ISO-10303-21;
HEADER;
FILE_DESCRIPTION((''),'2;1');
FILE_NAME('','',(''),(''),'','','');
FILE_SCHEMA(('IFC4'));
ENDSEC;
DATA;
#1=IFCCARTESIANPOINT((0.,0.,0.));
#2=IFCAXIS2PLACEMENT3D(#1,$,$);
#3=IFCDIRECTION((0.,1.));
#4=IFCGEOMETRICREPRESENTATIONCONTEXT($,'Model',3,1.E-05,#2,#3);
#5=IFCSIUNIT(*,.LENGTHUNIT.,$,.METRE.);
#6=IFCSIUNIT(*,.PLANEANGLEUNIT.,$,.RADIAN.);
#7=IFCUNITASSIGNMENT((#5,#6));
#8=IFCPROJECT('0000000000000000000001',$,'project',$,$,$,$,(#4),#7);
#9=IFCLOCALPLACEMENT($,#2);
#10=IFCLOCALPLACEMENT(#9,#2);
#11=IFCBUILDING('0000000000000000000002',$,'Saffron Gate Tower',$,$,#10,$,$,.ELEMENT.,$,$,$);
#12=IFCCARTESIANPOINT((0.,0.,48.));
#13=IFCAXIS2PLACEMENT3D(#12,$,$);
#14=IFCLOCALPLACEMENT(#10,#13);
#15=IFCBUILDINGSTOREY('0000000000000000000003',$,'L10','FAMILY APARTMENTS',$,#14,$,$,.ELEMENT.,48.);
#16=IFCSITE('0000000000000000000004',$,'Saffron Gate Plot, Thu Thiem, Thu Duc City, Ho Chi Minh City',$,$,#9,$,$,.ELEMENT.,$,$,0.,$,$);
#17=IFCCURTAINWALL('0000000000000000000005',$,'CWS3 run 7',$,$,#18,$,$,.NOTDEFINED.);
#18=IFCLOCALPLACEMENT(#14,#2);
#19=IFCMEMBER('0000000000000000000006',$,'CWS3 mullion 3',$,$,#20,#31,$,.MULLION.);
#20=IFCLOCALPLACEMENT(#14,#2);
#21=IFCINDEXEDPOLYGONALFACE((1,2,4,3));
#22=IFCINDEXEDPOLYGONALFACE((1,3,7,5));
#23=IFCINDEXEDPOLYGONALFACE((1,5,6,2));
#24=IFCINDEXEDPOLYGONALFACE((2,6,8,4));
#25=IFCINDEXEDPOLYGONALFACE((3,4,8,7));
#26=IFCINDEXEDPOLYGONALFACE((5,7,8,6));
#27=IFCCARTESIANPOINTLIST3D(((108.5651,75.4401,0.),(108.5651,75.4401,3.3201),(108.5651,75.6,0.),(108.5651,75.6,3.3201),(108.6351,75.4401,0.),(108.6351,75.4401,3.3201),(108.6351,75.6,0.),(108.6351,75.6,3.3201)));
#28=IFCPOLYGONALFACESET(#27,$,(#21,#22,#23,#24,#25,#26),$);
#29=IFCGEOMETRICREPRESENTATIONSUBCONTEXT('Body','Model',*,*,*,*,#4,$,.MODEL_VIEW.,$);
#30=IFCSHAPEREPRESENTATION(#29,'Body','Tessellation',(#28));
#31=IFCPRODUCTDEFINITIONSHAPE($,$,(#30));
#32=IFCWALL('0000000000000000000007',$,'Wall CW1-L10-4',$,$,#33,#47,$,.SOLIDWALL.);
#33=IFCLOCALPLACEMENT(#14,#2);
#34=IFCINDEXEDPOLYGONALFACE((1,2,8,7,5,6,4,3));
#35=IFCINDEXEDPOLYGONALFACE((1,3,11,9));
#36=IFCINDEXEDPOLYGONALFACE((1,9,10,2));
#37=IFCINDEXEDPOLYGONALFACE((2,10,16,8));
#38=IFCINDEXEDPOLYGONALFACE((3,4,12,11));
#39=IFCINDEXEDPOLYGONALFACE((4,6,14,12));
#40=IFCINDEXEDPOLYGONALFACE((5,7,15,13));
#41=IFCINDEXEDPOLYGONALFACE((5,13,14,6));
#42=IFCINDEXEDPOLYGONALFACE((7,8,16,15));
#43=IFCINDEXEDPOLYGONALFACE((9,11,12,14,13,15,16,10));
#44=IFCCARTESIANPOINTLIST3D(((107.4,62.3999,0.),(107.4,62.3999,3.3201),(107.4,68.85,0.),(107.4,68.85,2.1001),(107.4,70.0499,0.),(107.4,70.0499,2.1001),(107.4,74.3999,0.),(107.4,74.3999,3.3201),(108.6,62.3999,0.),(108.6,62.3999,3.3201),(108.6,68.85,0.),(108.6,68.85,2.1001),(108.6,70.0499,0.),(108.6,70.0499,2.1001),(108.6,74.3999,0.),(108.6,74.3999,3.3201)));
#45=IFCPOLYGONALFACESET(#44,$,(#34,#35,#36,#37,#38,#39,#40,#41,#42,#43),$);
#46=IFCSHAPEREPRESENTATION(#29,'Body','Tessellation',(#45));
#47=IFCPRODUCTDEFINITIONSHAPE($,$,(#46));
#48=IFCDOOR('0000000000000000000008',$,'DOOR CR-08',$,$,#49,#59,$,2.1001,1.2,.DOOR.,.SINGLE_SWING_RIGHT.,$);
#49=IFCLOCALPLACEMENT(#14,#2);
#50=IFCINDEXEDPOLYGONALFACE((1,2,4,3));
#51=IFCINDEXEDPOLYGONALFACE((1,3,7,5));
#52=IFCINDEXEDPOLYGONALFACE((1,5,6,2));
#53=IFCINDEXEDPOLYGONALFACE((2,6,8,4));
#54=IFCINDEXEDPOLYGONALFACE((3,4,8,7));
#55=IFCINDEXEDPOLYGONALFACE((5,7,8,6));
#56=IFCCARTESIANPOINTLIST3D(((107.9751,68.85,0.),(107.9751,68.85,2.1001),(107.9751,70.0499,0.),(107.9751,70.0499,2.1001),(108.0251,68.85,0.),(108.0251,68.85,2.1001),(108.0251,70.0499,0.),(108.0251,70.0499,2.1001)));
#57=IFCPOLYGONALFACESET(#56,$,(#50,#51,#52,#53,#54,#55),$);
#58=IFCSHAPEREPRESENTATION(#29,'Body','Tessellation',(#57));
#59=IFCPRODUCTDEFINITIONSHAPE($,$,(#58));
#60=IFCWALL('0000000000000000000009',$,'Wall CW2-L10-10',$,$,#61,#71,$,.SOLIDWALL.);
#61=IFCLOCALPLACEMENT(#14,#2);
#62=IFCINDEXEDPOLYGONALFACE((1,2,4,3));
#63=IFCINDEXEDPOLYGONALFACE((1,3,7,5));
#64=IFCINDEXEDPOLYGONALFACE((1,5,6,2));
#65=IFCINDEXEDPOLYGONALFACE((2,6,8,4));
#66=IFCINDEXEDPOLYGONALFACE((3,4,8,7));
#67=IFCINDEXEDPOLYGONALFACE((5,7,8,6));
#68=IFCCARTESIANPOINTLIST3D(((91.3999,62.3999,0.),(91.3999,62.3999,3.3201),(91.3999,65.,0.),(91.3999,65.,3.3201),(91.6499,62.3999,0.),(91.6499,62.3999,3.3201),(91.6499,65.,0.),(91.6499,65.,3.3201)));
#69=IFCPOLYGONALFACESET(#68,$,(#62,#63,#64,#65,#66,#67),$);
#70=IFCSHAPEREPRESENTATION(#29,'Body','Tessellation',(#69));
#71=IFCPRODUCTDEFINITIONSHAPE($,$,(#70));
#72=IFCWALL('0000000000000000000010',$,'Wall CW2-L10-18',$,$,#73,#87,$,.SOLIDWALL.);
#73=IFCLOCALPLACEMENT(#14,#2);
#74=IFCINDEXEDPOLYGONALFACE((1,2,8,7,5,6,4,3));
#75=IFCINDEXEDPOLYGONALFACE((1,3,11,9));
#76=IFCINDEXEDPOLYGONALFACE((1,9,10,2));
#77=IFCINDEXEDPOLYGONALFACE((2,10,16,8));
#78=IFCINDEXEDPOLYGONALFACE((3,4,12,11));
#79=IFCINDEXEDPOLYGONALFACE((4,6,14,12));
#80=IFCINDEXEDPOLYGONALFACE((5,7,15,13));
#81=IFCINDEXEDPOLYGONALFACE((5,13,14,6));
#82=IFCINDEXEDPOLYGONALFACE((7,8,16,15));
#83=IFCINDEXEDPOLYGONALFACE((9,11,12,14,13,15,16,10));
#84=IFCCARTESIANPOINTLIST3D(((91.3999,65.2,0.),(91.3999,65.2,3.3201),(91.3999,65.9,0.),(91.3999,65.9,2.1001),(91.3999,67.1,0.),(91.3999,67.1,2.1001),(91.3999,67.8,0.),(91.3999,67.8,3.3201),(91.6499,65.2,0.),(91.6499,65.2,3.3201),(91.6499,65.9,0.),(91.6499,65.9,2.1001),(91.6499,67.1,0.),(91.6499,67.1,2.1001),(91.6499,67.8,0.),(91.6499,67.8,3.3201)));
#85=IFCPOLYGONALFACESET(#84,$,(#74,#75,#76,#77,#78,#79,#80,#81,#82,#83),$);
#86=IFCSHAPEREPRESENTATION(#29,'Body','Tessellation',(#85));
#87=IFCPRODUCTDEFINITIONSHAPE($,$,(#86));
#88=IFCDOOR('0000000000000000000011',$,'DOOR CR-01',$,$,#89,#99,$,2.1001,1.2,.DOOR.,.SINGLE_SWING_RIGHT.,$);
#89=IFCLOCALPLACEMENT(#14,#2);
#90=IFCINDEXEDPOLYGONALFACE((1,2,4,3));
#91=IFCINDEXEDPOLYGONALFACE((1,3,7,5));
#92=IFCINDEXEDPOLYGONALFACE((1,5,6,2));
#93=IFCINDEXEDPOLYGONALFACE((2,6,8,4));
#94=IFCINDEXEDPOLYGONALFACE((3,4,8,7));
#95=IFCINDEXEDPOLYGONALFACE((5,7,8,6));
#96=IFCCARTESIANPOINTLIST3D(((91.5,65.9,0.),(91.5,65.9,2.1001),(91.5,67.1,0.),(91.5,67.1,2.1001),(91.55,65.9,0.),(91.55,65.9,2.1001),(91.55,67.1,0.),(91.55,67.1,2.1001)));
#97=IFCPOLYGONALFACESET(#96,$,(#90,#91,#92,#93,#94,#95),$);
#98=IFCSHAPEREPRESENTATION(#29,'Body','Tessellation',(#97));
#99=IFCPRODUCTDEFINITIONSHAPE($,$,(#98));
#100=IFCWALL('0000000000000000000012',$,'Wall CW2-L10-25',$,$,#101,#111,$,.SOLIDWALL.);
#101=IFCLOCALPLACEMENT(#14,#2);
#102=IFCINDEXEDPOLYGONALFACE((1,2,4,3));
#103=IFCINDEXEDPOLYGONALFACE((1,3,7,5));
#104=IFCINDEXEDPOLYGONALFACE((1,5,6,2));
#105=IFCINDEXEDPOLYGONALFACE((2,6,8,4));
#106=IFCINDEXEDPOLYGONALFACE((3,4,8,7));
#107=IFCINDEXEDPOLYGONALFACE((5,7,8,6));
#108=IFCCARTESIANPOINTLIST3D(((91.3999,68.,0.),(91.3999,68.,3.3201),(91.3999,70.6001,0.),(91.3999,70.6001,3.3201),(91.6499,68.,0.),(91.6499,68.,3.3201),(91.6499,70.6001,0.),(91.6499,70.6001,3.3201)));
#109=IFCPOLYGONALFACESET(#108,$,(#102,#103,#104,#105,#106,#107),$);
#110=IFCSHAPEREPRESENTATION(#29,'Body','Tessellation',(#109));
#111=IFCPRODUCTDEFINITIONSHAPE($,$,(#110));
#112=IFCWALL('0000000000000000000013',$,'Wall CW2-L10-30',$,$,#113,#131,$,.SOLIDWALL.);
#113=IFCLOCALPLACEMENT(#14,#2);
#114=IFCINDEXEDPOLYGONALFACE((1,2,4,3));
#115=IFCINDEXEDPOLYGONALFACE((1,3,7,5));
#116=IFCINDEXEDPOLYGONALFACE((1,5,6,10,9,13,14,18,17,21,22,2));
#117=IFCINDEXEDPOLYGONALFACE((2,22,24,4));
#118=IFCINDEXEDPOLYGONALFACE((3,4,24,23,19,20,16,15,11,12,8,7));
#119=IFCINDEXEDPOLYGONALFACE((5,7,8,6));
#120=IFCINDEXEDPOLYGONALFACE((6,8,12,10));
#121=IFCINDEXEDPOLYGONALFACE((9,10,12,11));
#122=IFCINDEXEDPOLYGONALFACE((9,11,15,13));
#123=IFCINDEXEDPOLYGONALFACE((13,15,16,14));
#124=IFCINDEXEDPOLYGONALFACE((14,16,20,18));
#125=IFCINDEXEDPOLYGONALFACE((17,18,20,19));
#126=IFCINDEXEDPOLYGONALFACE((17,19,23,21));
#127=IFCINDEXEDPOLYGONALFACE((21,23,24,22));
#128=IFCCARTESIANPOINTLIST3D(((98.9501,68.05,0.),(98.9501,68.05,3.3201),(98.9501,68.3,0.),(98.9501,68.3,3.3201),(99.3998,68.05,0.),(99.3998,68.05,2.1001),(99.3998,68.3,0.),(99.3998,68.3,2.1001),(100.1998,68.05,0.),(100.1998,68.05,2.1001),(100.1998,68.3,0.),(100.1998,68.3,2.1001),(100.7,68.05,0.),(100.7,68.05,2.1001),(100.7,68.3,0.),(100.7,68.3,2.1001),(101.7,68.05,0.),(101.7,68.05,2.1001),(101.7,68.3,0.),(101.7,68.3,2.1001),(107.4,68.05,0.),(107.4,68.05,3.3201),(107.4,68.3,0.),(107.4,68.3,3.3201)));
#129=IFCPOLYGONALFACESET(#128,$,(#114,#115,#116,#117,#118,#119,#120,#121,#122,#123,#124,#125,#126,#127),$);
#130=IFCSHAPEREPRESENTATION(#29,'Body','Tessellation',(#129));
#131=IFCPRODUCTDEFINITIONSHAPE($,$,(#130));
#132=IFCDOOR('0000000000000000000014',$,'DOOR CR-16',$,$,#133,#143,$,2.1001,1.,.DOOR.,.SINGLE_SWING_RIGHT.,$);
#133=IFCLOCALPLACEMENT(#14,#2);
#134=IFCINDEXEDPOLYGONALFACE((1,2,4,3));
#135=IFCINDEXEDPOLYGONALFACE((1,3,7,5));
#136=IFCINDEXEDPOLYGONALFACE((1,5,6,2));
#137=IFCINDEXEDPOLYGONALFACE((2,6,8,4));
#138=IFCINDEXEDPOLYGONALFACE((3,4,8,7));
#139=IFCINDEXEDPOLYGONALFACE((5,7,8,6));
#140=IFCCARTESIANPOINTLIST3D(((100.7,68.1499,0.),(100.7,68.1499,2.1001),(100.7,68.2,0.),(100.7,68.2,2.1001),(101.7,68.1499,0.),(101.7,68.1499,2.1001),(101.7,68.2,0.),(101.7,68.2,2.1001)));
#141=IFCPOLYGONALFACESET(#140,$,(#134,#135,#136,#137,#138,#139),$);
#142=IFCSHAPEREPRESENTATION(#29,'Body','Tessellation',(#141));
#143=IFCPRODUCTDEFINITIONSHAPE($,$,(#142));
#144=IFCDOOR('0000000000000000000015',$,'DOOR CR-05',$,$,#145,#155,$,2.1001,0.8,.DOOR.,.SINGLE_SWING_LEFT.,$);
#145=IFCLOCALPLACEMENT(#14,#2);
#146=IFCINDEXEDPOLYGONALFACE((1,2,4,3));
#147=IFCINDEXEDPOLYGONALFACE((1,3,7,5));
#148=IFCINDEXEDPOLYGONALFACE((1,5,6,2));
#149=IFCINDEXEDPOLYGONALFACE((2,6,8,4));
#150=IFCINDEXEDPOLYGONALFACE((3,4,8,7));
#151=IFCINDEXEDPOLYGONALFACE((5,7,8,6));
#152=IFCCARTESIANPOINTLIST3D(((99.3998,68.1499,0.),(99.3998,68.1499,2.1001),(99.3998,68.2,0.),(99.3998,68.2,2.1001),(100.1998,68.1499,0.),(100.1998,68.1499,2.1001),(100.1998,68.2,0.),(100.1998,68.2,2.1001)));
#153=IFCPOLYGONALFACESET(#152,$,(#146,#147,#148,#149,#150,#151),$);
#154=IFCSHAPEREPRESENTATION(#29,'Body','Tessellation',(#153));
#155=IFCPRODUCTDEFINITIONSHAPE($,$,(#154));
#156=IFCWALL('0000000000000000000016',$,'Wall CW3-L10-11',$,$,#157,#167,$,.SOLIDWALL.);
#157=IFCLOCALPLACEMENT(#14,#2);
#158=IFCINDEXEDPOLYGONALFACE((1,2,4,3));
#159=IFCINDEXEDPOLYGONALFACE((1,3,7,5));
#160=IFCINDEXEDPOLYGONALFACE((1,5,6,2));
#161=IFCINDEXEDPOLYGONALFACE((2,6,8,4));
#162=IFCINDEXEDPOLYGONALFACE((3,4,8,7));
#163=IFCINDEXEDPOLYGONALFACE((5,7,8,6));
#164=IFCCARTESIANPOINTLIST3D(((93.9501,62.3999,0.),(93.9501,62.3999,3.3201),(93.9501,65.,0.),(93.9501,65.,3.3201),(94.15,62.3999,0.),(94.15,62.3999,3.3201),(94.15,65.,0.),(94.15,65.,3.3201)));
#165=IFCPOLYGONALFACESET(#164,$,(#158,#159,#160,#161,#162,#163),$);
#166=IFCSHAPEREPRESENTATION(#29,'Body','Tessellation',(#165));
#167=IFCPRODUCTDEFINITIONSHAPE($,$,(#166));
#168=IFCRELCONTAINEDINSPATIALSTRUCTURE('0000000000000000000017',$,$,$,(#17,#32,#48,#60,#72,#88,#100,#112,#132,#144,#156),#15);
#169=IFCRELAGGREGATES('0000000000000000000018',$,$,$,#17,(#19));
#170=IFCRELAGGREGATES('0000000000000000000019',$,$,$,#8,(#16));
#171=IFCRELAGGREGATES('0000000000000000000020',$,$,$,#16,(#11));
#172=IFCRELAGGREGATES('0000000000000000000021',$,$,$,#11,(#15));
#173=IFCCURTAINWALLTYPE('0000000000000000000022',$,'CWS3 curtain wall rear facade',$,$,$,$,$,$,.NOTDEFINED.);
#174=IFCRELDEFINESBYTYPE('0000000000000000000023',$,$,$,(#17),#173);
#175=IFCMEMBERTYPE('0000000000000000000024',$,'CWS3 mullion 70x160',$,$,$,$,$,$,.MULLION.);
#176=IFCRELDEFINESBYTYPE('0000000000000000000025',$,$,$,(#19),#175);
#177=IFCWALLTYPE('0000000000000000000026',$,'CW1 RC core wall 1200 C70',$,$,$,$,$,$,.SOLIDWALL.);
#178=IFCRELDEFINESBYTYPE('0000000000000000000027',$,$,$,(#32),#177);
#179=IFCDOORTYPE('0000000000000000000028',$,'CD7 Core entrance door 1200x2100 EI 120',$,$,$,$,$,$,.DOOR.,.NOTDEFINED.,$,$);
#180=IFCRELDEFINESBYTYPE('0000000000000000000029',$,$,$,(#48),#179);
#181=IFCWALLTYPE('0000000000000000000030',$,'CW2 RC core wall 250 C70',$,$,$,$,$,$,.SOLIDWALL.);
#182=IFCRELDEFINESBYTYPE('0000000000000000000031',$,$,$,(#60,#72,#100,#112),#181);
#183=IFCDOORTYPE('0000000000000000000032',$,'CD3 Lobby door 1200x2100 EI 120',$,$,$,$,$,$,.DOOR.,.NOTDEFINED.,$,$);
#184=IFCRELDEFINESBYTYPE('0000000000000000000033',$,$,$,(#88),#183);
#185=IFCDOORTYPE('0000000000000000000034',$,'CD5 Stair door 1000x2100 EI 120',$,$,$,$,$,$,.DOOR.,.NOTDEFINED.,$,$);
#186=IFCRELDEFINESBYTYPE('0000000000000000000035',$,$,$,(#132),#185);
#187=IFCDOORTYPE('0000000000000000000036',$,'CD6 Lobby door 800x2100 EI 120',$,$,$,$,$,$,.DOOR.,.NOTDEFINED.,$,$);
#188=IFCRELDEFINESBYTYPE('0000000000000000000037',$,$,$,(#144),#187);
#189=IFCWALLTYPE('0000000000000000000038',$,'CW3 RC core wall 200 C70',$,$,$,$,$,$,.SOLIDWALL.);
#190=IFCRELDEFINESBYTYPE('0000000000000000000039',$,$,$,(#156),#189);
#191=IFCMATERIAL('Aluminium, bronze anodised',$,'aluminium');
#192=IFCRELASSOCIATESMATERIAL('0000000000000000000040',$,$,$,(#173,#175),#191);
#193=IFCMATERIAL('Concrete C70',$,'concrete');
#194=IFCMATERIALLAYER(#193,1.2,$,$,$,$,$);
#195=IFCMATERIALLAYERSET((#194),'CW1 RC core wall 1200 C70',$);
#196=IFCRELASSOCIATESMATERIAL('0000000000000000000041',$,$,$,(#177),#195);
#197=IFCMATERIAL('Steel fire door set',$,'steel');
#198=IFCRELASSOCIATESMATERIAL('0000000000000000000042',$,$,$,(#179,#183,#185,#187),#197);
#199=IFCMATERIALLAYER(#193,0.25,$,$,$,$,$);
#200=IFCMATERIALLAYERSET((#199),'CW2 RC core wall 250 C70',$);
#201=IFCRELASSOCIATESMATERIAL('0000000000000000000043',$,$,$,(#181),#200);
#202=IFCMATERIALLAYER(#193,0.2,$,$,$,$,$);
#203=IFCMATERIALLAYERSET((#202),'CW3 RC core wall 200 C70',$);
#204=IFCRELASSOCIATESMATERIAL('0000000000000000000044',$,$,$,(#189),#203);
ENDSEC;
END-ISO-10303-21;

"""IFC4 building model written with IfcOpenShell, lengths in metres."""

from ifc_helpers import new_model, si_unit, direction, frame, frame_2d, origin, origin_2d, place, context, subcontext, project, spatial, rectangle, extrude, material, layer, layer_set, material_profile, profile_set, type_object, element, fill, aggregate, save


model = new_model("IFC4")

# Units and contexts
model_context = context("Model", 3, precision=1e-05, world=origin(), true_north=direction((0.0, 1.0)))
body_context = subcontext(model_context, "Body", "Model", "MODEL_VIEW")
ifc_project = project(units=[si_unit("LENGTHUNIT", "METRE"), si_unit("PLANEANGLEUNIT", "RADIAN")], contexts=[model_context])

# Site, building, storey
site_placement = place(None, origin())
site = spatial("IfcSite", under=ifc_project, at=site_placement, Name="Saffron Gate Plot, Thu Thiem, Thu Duc City, Ho Chi Minh City", CompositionType="ELEMENT", RefElevation=0.0)
building_placement = place(site_placement, origin())
building = spatial("IfcBuilding", under=site, at=building_placement, Name="Saffron Gate Tower", CompositionType="ELEMENT")
storey_placement = place(building_placement, frame((0.0, 0.0, 48.0)))
storey = spatial("IfcBuildingStorey", under=building, at=storey_placement, Name="L10", Description="FAMILY APARTMENTS", CompositionType="ELEMENT", Elevation=48.0)

# Curtain wall, member
ifc_material_1 = material(Name="Aluminium, bronze anodised", Category="aluminium")
curtain_wall_type = type_object("IfcCurtainWallType", Name="CWS3 curtain wall rear facade", PredefinedType="NOTDEFINED", material=ifc_material_1)
curtain_wall_placement = place(storey_placement, origin())
curtain_wall = element("IfcCurtainWall", 1, at=curtain_wall_placement, inside=storey, type_object=curtain_wall_type, Name="CWS3 run 7", PredefinedType="NOTDEFINED")
ifc_material_profile = material_profile(ifc_material_1, rectangle(XDim=0.1599, YDim=0.0701, at=origin_2d()))
ifc_profile_set = profile_set([ifc_material_profile], Name="Aluminium, bronze anodised")
member_type = type_object("IfcMemberType", Name="CWS3 mullion 70x160", PredefinedType="MULLION", material=ifc_profile_set)
member_placement = place(storey_placement, frame((108.6001, 75.52, 0.0), z_axis=(0.0, 0.0, 1.0), x_axis=(0.0, -1.0, 0.0)))
member = element("IfcMember", 2, at=member_placement, type_object=member_type, Name="CWS3 mullion 3", PredefinedType="MULLION", context=body_context, shape_type="SweptSolid", body=[
    extrude(rectangle(XDim=0.1599, YDim=0.0701, at=origin_2d()), origin(), (0.0, 0.0, 1.0), 3.3201),
])
aggregate(curtain_wall, [member])

# Wall, opening, door
ifc_material_2 = material(Name="Concrete C70", Category="concrete")
ifc_layer_1 = layer(ifc_material_2, 1.2)
ifc_layer_set_1 = layer_set([ifc_layer_1], Name="CW1 RC core wall 1200 C70")
wall_type_1 = type_object("IfcWallType", Name="CW1 RC core wall 1200 C70", PredefinedType="SOLIDWALL", material=ifc_layer_set_1)
wall_1_placement = place(storey_placement, frame((108.0, 62.3999, 0.0), z_axis=(0.0, 0.0, 1.0), x_axis=(0.0, 1.0, 0.0)))
wall_1 = element("IfcWall", 3, at=wall_1_placement, inside=storey, type_object=wall_type_1, Name="Wall CW1-L10-4", PredefinedType="SOLIDWALL", context=body_context, shape_type="SweptSolid", body=[
    extrude(rectangle(XDim=12.0, YDim=1.2, at=frame_2d((6.0, 0.0))), origin(), (0.0, 0.0, 1.0), 3.3201),
])
opening_1_placement = place(wall_1_placement, frame((6.45, 0.0, 0.0)))
opening_1 = element("IfcOpeningElement", 4, at=opening_1_placement, cuts=wall_1, PredefinedType="OPENING", context=body_context, shape_type="SweptSolid", body=[
    extrude(rectangle(XDim=1.2, YDim=2.1001, at=frame_2d((0.6001, 1.05))), frame((0.0, 0.6099, 0.0), z_axis=(0.0, -1.0, 0.0), x_axis=(1.0, 0.0, 0.0)), (0.0, 0.0, 1.0), 1.22),
])
ifc_material_3 = material(Name="Steel fire door set", Category="steel")
door_type_1 = type_object("IfcDoorType", Name="CD7 Core entrance door 1200x2100 EI 120", OperationType="NOTDEFINED", PredefinedType="DOOR", material=ifc_material_3)
door_1_placement = place(opening_1_placement, origin())
door_1 = element("IfcDoor", 5, at=door_1_placement, inside=storey, type_object=door_type_1, Name="DOOR CR-08", OperationType="SINGLE_SWING_RIGHT", OverallHeight=2.1001, OverallWidth=1.2, PredefinedType="DOOR", context=body_context, shape_type="SweptSolid", body=[
    extrude(rectangle(XDim=1.2, YDim=2.1001, at=frame_2d((0.6001, 1.05))), frame((0.0, 0.0249, 0.0), z_axis=(0.0, -1.0, 0.0), x_axis=(1.0, 0.0, 0.0)), (0.0, 0.0, 1.0), 0.05),
])
fill(opening_1, door_1)

# Wall
ifc_layer_2 = layer(ifc_material_2, 0.25)
ifc_layer_set_2 = layer_set([ifc_layer_2], Name="CW2 RC core wall 250 C70")
wall_type_2 = type_object("IfcWallType", Name="CW2 RC core wall 250 C70", PredefinedType="SOLIDWALL", material=ifc_layer_set_2)
wall_2_placement = place(storey_placement, frame((91.5249, 62.3999, 0.0), z_axis=(0.0, 0.0, 1.0), x_axis=(0.0, 1.0, 0.0)))
element("IfcWall", 6, at=wall_2_placement, inside=storey, type_object=wall_type_2, Name="Wall CW2-L10-10", PredefinedType="SOLIDWALL", context=body_context, shape_type="SweptSolid", body=[
    extrude(rectangle(XDim=2.6001, YDim=0.25, at=frame_2d((1.3, 0.0))), origin(), (0.0, 0.0, 1.0), 3.3201),
])

# Wall, opening, door
wall_3_placement = place(storey_placement, frame((91.5249, 65.2, 0.0), z_axis=(0.0, 0.0, 1.0), x_axis=(0.0, 1.0, 0.0)))
wall_3 = element("IfcWall", 7, at=wall_3_placement, inside=storey, type_object=wall_type_2, Name="Wall CW2-L10-18", PredefinedType="SOLIDWALL", context=body_context, shape_type="SweptSolid", body=[
    extrude(rectangle(XDim=2.6001, YDim=0.25, at=frame_2d((1.3, 0.0))), origin(), (0.0, 0.0, 1.0), 3.3201),
])
opening_2_placement = place(wall_3_placement, frame((0.7, 0.0, 0.0)))
opening_2 = element("IfcOpeningElement", 8, at=opening_2_placement, cuts=wall_3, PredefinedType="OPENING", context=body_context, shape_type="SweptSolid", body=[
    extrude(rectangle(XDim=1.2, YDim=2.1001, at=frame_2d((0.6001, 1.05))), frame((0.0, 0.135, 0.0), z_axis=(0.0, -1.0, 0.0), x_axis=(1.0, 0.0, 0.0)), (0.0, 0.0, 1.0), 0.27),
])
door_type_2 = type_object("IfcDoorType", Name="CD3 Lobby door 1200x2100 EI 120", OperationType="NOTDEFINED", PredefinedType="DOOR", material=ifc_material_3)
door_2_placement = place(opening_2_placement, origin())
door_2 = element("IfcDoor", 9, at=door_2_placement, inside=storey, type_object=door_type_2, Name="DOOR CR-01", OperationType="SINGLE_SWING_RIGHT", OverallHeight=2.1001, OverallWidth=1.2, PredefinedType="DOOR", context=body_context, shape_type="SweptSolid", body=[
    extrude(rectangle(XDim=1.2, YDim=2.1001, at=frame_2d((0.6001, 1.05))), frame((0.0, 0.0249, 0.0), z_axis=(0.0, -1.0, 0.0), x_axis=(1.0, 0.0, 0.0)), (0.0, 0.0, 1.0), 0.05),
])
fill(opening_2, door_2)

# Wall
wall_4_placement = place(storey_placement, frame((91.5249, 68.0, 0.0), z_axis=(0.0, 0.0, 1.0), x_axis=(0.0, 1.0, 0.0)))
element("IfcWall", 10, at=wall_4_placement, inside=storey, type_object=wall_type_2, Name="Wall CW2-L10-25", PredefinedType="SOLIDWALL", context=body_context, shape_type="SweptSolid", body=[
    extrude(rectangle(XDim=2.6001, YDim=0.25, at=frame_2d((1.3, 0.0))), origin(), (0.0, 0.0, 1.0), 3.3201),
])

# Wall, openings, doors
wall_5_placement = place(storey_placement, frame((98.95, 68.175, 0.0), z_axis=(0.0, 0.0, 1.0), x_axis=(1.0, 0.0, 0.0)))
wall_5 = element("IfcWall", 11, at=wall_5_placement, inside=storey, type_object=wall_type_2, Name="Wall CW2-L10-30", PredefinedType="SOLIDWALL", context=body_context, shape_type="SweptSolid", body=[
    extrude(rectangle(XDim=8.45, YDim=0.25, at=frame_2d((4.2251, 0.0))), origin(), (0.0, 0.0, 1.0), 3.3201),
])
opening_3_placement = place(wall_5_placement, frame((0.45, 0.0, 0.0)))
opening_3 = element("IfcOpeningElement", 12, at=opening_3_placement, cuts=wall_5, PredefinedType="OPENING", context=body_context, shape_type="SweptSolid", body=[
    extrude(rectangle(XDim=0.8, YDim=2.1001, at=frame_2d((0.3999, 1.05))), frame((0.0, 0.135, 0.0), z_axis=(0.0, -1.0, 0.0), x_axis=(1.0, 0.0, 0.0)), (0.0, 0.0, 1.0), 0.27),
])
opening_4_placement = place(wall_5_placement, frame((1.75, 0.0, 0.0)))
opening_4 = element("IfcOpeningElement", 13, at=opening_4_placement, cuts=wall_5, PredefinedType="OPENING", context=body_context, shape_type="SweptSolid", body=[
    extrude(rectangle(XDim=1.0, YDim=2.1001, at=frame_2d((0.5, 1.05))), frame((0.0, 0.135, 0.0), z_axis=(0.0, -1.0, 0.0), x_axis=(1.0, 0.0, 0.0)), (0.0, 0.0, 1.0), 0.27),
])
door_type_3 = type_object("IfcDoorType", Name="CD5 Stair door 1000x2100 EI 120", OperationType="NOTDEFINED", PredefinedType="DOOR", material=ifc_material_3)
door_3_placement = place(opening_4_placement, origin())
door_3 = element("IfcDoor", 14, at=door_3_placement, inside=storey, type_object=door_type_3, Name="DOOR CR-16", OperationType="SINGLE_SWING_RIGHT", OverallHeight=2.1001, OverallWidth=1.0, PredefinedType="DOOR", context=body_context, shape_type="SweptSolid", body=[
    extrude(rectangle(XDim=1.0, YDim=2.1001, at=frame_2d((0.5, 1.05))), frame((0.0, 0.0249, 0.0), z_axis=(0.0, -1.0, 0.0), x_axis=(1.0, 0.0, 0.0)), (0.0, 0.0, 1.0), 0.05),
])
fill(opening_4, door_3)
door_type_4 = type_object("IfcDoorType", Name="CD6 Lobby door 800x2100 EI 120", OperationType="NOTDEFINED", PredefinedType="DOOR", material=ifc_material_3)
door_4_placement = place(opening_3_placement, origin())
door_4 = element("IfcDoor", 15, at=door_4_placement, inside=storey, type_object=door_type_4, Name="DOOR CR-05", OperationType="SINGLE_SWING_LEFT", OverallHeight=2.1001, OverallWidth=0.8, PredefinedType="DOOR", context=body_context, shape_type="SweptSolid", body=[
    extrude(rectangle(XDim=0.8, YDim=2.1001, at=frame_2d((0.3999, 1.05))), frame((0.0, 0.0249, 0.0), z_axis=(0.0, -1.0, 0.0), x_axis=(1.0, 0.0, 0.0)), (0.0, 0.0, 1.0), 0.05),
])
fill(opening_3, door_4)

# Wall
ifc_layer_3 = layer(ifc_material_2, 0.2)
ifc_layer_set_3 = layer_set([ifc_layer_3], Name="CW3 RC core wall 200 C70")
wall_type_3 = type_object("IfcWallType", Name="CW3 RC core wall 200 C70", PredefinedType="SOLIDWALL", material=ifc_layer_set_3)
for number, where, z_axis, x_axis, name in (
    (16, (94.05, 62.3999, 0.0), (0.0, 0.0, 1.0), (0.0, 1.0, 0.0), "Wall CW3-L10-11"),
):
    element("IfcWall", number, at=place(storey_placement, frame(where, z_axis=z_axis, x_axis=x_axis)), inside=storey, type_object=wall_type_3, Name=name, PredefinedType="SOLIDWALL", context=body_context, shape_type="SweptSolid", body=[
        extrude(rectangle(XDim=2.6001, YDim=0.2, at=frame_2d((1.3, 0.0))), origin(), (0.0, 0.0, 1.0), 3.3201),
    ])

save(model, "model.ifc")
